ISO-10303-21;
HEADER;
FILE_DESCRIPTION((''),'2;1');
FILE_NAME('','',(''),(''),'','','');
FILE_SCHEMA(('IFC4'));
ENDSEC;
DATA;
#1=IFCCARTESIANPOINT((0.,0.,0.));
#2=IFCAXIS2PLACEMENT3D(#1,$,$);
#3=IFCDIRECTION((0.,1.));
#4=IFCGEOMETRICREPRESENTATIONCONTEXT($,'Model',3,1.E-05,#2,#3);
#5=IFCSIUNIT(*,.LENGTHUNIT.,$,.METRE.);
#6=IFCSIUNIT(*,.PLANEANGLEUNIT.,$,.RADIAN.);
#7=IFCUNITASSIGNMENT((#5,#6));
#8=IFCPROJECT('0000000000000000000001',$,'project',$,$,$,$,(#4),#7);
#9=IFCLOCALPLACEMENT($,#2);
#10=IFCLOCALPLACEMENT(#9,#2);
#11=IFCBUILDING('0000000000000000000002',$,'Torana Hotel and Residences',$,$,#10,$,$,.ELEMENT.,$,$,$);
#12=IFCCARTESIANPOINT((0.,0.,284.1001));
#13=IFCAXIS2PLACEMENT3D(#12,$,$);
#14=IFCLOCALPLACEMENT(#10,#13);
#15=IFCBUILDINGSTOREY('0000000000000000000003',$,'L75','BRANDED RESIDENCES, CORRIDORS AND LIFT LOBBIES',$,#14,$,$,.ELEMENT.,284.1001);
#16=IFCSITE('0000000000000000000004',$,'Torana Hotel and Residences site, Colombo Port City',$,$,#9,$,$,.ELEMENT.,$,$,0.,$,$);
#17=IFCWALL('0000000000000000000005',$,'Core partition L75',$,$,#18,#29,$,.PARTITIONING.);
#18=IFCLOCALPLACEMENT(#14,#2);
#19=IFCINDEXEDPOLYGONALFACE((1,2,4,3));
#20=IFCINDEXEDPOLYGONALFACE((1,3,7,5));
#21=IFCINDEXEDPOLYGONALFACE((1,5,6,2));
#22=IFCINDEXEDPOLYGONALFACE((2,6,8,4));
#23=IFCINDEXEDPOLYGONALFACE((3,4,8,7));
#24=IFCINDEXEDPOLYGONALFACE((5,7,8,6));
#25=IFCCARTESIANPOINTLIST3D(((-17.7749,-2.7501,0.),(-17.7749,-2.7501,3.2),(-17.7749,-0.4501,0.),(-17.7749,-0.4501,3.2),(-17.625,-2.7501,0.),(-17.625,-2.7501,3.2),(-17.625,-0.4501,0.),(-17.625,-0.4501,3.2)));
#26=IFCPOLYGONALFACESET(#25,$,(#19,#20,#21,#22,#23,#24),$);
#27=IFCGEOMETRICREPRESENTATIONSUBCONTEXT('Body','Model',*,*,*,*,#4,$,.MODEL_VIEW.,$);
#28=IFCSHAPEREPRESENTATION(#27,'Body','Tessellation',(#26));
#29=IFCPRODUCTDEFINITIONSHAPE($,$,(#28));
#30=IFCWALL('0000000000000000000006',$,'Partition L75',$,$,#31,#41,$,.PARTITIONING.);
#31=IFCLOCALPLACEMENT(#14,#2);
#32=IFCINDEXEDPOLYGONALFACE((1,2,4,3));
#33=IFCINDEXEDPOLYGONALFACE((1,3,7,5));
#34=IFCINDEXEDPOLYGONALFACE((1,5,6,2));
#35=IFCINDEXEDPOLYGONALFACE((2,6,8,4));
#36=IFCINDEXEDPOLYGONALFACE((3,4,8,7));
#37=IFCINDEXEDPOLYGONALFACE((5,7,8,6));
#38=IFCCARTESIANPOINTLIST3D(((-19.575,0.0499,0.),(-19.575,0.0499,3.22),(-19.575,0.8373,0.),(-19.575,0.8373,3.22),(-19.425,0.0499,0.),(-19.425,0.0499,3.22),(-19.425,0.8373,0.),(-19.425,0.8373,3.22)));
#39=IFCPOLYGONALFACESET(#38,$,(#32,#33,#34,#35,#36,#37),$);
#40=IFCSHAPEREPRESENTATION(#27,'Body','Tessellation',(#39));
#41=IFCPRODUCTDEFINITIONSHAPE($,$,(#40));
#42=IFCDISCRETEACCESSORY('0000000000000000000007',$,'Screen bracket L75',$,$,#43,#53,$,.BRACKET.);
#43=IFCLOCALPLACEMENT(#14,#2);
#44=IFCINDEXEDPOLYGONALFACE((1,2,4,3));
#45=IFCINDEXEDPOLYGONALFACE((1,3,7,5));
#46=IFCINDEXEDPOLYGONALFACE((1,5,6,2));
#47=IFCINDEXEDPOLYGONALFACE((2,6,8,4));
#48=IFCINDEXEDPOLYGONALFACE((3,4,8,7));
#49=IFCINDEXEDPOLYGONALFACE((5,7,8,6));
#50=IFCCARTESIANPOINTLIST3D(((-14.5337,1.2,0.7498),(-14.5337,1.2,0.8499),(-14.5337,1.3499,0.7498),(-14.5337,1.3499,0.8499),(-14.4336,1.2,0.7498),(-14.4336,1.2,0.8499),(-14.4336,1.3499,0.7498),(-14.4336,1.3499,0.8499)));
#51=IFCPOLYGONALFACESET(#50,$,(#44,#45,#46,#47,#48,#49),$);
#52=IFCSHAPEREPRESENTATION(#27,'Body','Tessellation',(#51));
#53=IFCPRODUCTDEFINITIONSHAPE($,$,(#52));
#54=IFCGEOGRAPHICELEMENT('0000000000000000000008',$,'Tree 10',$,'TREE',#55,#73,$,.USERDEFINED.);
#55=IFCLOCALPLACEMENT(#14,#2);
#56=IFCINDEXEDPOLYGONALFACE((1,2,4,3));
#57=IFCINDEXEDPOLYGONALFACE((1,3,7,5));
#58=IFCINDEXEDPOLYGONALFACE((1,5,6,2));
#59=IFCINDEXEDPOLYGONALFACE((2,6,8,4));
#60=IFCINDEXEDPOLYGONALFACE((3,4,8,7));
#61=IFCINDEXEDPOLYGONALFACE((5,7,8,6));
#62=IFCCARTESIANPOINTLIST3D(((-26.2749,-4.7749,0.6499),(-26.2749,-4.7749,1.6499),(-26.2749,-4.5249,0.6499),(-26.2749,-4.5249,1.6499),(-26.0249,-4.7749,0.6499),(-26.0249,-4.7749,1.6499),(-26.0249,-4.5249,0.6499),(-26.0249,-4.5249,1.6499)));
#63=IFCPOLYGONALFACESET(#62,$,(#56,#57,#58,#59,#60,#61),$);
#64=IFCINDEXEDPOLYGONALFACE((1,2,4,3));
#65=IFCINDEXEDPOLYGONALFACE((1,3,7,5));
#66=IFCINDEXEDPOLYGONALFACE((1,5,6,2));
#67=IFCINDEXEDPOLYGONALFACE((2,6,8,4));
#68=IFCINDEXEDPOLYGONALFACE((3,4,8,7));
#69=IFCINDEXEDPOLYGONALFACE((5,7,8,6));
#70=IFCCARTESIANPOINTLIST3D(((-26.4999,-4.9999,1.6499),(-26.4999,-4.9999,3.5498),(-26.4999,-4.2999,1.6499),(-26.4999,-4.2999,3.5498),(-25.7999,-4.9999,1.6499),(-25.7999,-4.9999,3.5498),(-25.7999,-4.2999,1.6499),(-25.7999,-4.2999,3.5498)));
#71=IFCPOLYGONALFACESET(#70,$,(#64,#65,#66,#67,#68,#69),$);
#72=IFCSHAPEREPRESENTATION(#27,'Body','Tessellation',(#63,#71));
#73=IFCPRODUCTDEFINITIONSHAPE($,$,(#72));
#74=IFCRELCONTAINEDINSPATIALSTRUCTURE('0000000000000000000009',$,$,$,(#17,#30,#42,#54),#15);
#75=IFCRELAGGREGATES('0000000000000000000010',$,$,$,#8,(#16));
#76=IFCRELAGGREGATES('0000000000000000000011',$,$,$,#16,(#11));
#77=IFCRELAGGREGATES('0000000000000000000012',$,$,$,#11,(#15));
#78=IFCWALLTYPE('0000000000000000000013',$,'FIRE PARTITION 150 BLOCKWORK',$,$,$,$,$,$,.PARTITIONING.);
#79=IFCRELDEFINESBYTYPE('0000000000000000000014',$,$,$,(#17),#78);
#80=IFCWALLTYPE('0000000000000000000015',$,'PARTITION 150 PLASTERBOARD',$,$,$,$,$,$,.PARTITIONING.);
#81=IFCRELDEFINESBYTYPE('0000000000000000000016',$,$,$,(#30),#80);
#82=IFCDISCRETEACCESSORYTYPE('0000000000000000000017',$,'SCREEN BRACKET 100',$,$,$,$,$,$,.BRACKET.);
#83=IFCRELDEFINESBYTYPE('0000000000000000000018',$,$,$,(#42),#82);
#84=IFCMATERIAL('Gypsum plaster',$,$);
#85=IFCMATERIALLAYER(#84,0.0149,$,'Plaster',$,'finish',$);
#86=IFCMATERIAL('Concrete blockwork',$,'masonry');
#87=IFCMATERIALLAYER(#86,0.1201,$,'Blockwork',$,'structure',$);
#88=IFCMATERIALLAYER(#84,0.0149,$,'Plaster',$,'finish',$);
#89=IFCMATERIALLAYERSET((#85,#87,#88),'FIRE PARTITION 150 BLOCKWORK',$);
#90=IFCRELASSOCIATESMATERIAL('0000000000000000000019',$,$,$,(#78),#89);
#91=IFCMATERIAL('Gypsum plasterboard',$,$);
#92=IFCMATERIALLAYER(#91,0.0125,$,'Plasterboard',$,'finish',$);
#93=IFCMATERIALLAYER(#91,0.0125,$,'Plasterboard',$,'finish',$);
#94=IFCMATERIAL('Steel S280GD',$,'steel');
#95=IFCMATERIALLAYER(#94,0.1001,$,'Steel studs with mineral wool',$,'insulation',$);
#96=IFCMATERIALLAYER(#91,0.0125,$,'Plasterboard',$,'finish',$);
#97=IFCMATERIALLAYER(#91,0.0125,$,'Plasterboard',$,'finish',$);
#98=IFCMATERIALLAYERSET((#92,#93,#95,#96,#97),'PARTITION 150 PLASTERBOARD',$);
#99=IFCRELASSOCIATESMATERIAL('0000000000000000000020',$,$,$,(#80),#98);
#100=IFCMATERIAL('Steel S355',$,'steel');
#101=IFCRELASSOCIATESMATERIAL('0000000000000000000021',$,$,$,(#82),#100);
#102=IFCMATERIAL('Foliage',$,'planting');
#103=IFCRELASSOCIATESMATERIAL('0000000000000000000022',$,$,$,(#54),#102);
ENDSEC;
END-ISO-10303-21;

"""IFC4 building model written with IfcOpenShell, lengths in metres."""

from ifc_helpers import new_model, si_unit, direction, frame, frame_2d, origin, origin_2d, place, context, subcontext, project, spatial, rectangle, extrude, material, layer, layer_set, type_object, element, save


model = new_model("IFC4")

# Units and contexts
model_context = context("Model", 3, precision=1e-05, world=origin(), true_north=direction((0.0, 1.0)))
body_context = subcontext(model_context, "Body", "Model", "MODEL_VIEW")
ifc_project = project(units=[si_unit("LENGTHUNIT", "METRE"), si_unit("PLANEANGLEUNIT", "RADIAN")], contexts=[model_context])

# Site, building, storey
site_placement = place(None, origin())
site = spatial("IfcSite", under=ifc_project, at=site_placement, Name="Torana Hotel and Residences site, Colombo Port City", CompositionType="ELEMENT", RefElevation=0.0)
building_placement = place(site_placement, origin())
building = spatial("IfcBuilding", under=site, at=building_placement, Name="Torana Hotel and Residences", CompositionType="ELEMENT")
storey_placement = place(building_placement, frame((0.0, 0.0, 284.1001)))
storey = spatial("IfcBuildingStorey", under=building, at=storey_placement, Name="L75", Description="BRANDED RESIDENCES, CORRIDORS AND LIFT LOBBIES", CompositionType="ELEMENT", Elevation=284.1001)

# Shared definitions
ifc_material_1 = material(Name="Steel S280GD", Category="steel")

# Walls
ifc_material_2 = material(Name="Gypsum plaster")
ifc_layer_1 = layer(ifc_material_2, 0.0149, Name="Plaster", Category="finish")
ifc_material_3 = material(Name="Concrete blockwork", Category="masonry")
ifc_layer_2 = layer(ifc_material_3, 0.1201, Name="Blockwork", Category="structure")
ifc_layer_3 = layer(ifc_material_2, 0.0149, Name="Plaster", Category="finish")
ifc_layer_set_1 = layer_set([ifc_layer_1, ifc_layer_2, ifc_layer_3], Name="FIRE PARTITION 150 BLOCKWORK")
wall_type_1 = type_object("IfcWallType", Name="FIRE PARTITION 150 BLOCKWORK", PredefinedType="PARTITIONING", material=ifc_layer_set_1)
wall_1_placement = place(storey_placement, frame((-17.7, -2.75, 0.0), z_axis=(0.0, 0.0, 1.0), x_axis=(0.0, 1.0, 0.0)))
element("IfcWall", 1, at=wall_1_placement, inside=storey, type_object=wall_type_1, Name="Core partition L75", PredefinedType="PARTITIONING", context=body_context, shape_type="SweptSolid", body=[
    extrude(rectangle(XDim=2.3, YDim=0.1499, at=frame_2d((1.1499, 0.0))), origin(), (0.0, 0.0, 1.0), 3.2),
])
ifc_material_4 = material(Name="Gypsum plasterboard")
ifc_layer_4 = layer(ifc_material_4, 0.0125, Name="Plasterboard", Category="finish")
ifc_layer_5 = layer(ifc_material_4, 0.0125, Name="Plasterboard", Category="finish")
ifc_layer_6 = layer(ifc_material_1, 0.1001, Name="Steel studs with mineral wool", Category="insulation")
ifc_layer_7 = layer(ifc_material_4, 0.0125, Name="Plasterboard", Category="finish")
ifc_layer_8 = layer(ifc_material_4, 0.0125, Name="Plasterboard", Category="finish")
ifc_layer_set_2 = layer_set([ifc_layer_4, ifc_layer_5, ifc_layer_6, ifc_layer_7, ifc_layer_8], Name="PARTITION 150 PLASTERBOARD")
wall_type_2 = type_object("IfcWallType", Name="PARTITION 150 PLASTERBOARD", PredefinedType="PARTITIONING", material=ifc_layer_set_2)
wall_2_placement = place(storey_placement, frame((-19.5, 0.05, 0.0), z_axis=(0.0, 0.0, 1.0), x_axis=(0.0, 1.0, 0.0)))
element("IfcWall", 2, at=wall_2_placement, inside=storey, type_object=wall_type_2, Name="Partition L75", PredefinedType="PARTITIONING", context=body_context, shape_type="SweptSolid", body=[
    extrude(rectangle(XDim=0.7874, YDim=0.1499, at=frame_2d((0.3936, 0.0))), origin(), (0.0, 0.0, 1.0), 3.22),
])

# Discrete accessory
ifc_material_5 = material(Name="Steel S355", Category="steel")
discrete_accessory_type = type_object("IfcDiscreteAccessoryType", Name="SCREEN BRACKET 100", PredefinedType="BRACKET", material=ifc_material_5)
discrete_accessory_placement = place(storey_placement, frame((-14.4836, 1.2749, 0.7498), z_axis=(0.0, 0.0, 1.0), x_axis=(-1.0, 0.0, 0.0)))
element("IfcDiscreteAccessory", 3, at=discrete_accessory_placement, inside=storey, type_object=discrete_accessory_type, Name="Screen bracket L75", PredefinedType="BRACKET", context=body_context, shape_type="SweptSolid", body=[
    extrude(rectangle(XDim=0.1001, YDim=0.1499, at=origin_2d()), origin(), (0.0, 0.0, 1.0), 0.1001),
])

# Geographic element
ifc_material_6 = material(Name="Foliage", Category="planting")
geographic_element_placement = place(storey_placement, frame((-26.1499, -4.6499, 0.6499), z_axis=(0.0, 0.0, 1.0), x_axis=(1.0, 0.0, 0.0)))
element("IfcGeographicElement", 4, at=geographic_element_placement, inside=storey, material=ifc_material_6, Name="Tree 10", ObjectType="TREE", PredefinedType="USERDEFINED", context=body_context, shape_type="SweptSolid", body=[
    extrude(rectangle(XDim=0.25, YDim=0.25, at=origin_2d()), origin(), (0.0, 0.0, 1.0), 1.0),
    extrude(rectangle(XDim=0.7, YDim=0.7, at=origin_2d()), frame((0.0, 0.0, 1.0)), (0.0, 0.0, 1.0), 1.8999),
])

save(model, "model.ifc")
